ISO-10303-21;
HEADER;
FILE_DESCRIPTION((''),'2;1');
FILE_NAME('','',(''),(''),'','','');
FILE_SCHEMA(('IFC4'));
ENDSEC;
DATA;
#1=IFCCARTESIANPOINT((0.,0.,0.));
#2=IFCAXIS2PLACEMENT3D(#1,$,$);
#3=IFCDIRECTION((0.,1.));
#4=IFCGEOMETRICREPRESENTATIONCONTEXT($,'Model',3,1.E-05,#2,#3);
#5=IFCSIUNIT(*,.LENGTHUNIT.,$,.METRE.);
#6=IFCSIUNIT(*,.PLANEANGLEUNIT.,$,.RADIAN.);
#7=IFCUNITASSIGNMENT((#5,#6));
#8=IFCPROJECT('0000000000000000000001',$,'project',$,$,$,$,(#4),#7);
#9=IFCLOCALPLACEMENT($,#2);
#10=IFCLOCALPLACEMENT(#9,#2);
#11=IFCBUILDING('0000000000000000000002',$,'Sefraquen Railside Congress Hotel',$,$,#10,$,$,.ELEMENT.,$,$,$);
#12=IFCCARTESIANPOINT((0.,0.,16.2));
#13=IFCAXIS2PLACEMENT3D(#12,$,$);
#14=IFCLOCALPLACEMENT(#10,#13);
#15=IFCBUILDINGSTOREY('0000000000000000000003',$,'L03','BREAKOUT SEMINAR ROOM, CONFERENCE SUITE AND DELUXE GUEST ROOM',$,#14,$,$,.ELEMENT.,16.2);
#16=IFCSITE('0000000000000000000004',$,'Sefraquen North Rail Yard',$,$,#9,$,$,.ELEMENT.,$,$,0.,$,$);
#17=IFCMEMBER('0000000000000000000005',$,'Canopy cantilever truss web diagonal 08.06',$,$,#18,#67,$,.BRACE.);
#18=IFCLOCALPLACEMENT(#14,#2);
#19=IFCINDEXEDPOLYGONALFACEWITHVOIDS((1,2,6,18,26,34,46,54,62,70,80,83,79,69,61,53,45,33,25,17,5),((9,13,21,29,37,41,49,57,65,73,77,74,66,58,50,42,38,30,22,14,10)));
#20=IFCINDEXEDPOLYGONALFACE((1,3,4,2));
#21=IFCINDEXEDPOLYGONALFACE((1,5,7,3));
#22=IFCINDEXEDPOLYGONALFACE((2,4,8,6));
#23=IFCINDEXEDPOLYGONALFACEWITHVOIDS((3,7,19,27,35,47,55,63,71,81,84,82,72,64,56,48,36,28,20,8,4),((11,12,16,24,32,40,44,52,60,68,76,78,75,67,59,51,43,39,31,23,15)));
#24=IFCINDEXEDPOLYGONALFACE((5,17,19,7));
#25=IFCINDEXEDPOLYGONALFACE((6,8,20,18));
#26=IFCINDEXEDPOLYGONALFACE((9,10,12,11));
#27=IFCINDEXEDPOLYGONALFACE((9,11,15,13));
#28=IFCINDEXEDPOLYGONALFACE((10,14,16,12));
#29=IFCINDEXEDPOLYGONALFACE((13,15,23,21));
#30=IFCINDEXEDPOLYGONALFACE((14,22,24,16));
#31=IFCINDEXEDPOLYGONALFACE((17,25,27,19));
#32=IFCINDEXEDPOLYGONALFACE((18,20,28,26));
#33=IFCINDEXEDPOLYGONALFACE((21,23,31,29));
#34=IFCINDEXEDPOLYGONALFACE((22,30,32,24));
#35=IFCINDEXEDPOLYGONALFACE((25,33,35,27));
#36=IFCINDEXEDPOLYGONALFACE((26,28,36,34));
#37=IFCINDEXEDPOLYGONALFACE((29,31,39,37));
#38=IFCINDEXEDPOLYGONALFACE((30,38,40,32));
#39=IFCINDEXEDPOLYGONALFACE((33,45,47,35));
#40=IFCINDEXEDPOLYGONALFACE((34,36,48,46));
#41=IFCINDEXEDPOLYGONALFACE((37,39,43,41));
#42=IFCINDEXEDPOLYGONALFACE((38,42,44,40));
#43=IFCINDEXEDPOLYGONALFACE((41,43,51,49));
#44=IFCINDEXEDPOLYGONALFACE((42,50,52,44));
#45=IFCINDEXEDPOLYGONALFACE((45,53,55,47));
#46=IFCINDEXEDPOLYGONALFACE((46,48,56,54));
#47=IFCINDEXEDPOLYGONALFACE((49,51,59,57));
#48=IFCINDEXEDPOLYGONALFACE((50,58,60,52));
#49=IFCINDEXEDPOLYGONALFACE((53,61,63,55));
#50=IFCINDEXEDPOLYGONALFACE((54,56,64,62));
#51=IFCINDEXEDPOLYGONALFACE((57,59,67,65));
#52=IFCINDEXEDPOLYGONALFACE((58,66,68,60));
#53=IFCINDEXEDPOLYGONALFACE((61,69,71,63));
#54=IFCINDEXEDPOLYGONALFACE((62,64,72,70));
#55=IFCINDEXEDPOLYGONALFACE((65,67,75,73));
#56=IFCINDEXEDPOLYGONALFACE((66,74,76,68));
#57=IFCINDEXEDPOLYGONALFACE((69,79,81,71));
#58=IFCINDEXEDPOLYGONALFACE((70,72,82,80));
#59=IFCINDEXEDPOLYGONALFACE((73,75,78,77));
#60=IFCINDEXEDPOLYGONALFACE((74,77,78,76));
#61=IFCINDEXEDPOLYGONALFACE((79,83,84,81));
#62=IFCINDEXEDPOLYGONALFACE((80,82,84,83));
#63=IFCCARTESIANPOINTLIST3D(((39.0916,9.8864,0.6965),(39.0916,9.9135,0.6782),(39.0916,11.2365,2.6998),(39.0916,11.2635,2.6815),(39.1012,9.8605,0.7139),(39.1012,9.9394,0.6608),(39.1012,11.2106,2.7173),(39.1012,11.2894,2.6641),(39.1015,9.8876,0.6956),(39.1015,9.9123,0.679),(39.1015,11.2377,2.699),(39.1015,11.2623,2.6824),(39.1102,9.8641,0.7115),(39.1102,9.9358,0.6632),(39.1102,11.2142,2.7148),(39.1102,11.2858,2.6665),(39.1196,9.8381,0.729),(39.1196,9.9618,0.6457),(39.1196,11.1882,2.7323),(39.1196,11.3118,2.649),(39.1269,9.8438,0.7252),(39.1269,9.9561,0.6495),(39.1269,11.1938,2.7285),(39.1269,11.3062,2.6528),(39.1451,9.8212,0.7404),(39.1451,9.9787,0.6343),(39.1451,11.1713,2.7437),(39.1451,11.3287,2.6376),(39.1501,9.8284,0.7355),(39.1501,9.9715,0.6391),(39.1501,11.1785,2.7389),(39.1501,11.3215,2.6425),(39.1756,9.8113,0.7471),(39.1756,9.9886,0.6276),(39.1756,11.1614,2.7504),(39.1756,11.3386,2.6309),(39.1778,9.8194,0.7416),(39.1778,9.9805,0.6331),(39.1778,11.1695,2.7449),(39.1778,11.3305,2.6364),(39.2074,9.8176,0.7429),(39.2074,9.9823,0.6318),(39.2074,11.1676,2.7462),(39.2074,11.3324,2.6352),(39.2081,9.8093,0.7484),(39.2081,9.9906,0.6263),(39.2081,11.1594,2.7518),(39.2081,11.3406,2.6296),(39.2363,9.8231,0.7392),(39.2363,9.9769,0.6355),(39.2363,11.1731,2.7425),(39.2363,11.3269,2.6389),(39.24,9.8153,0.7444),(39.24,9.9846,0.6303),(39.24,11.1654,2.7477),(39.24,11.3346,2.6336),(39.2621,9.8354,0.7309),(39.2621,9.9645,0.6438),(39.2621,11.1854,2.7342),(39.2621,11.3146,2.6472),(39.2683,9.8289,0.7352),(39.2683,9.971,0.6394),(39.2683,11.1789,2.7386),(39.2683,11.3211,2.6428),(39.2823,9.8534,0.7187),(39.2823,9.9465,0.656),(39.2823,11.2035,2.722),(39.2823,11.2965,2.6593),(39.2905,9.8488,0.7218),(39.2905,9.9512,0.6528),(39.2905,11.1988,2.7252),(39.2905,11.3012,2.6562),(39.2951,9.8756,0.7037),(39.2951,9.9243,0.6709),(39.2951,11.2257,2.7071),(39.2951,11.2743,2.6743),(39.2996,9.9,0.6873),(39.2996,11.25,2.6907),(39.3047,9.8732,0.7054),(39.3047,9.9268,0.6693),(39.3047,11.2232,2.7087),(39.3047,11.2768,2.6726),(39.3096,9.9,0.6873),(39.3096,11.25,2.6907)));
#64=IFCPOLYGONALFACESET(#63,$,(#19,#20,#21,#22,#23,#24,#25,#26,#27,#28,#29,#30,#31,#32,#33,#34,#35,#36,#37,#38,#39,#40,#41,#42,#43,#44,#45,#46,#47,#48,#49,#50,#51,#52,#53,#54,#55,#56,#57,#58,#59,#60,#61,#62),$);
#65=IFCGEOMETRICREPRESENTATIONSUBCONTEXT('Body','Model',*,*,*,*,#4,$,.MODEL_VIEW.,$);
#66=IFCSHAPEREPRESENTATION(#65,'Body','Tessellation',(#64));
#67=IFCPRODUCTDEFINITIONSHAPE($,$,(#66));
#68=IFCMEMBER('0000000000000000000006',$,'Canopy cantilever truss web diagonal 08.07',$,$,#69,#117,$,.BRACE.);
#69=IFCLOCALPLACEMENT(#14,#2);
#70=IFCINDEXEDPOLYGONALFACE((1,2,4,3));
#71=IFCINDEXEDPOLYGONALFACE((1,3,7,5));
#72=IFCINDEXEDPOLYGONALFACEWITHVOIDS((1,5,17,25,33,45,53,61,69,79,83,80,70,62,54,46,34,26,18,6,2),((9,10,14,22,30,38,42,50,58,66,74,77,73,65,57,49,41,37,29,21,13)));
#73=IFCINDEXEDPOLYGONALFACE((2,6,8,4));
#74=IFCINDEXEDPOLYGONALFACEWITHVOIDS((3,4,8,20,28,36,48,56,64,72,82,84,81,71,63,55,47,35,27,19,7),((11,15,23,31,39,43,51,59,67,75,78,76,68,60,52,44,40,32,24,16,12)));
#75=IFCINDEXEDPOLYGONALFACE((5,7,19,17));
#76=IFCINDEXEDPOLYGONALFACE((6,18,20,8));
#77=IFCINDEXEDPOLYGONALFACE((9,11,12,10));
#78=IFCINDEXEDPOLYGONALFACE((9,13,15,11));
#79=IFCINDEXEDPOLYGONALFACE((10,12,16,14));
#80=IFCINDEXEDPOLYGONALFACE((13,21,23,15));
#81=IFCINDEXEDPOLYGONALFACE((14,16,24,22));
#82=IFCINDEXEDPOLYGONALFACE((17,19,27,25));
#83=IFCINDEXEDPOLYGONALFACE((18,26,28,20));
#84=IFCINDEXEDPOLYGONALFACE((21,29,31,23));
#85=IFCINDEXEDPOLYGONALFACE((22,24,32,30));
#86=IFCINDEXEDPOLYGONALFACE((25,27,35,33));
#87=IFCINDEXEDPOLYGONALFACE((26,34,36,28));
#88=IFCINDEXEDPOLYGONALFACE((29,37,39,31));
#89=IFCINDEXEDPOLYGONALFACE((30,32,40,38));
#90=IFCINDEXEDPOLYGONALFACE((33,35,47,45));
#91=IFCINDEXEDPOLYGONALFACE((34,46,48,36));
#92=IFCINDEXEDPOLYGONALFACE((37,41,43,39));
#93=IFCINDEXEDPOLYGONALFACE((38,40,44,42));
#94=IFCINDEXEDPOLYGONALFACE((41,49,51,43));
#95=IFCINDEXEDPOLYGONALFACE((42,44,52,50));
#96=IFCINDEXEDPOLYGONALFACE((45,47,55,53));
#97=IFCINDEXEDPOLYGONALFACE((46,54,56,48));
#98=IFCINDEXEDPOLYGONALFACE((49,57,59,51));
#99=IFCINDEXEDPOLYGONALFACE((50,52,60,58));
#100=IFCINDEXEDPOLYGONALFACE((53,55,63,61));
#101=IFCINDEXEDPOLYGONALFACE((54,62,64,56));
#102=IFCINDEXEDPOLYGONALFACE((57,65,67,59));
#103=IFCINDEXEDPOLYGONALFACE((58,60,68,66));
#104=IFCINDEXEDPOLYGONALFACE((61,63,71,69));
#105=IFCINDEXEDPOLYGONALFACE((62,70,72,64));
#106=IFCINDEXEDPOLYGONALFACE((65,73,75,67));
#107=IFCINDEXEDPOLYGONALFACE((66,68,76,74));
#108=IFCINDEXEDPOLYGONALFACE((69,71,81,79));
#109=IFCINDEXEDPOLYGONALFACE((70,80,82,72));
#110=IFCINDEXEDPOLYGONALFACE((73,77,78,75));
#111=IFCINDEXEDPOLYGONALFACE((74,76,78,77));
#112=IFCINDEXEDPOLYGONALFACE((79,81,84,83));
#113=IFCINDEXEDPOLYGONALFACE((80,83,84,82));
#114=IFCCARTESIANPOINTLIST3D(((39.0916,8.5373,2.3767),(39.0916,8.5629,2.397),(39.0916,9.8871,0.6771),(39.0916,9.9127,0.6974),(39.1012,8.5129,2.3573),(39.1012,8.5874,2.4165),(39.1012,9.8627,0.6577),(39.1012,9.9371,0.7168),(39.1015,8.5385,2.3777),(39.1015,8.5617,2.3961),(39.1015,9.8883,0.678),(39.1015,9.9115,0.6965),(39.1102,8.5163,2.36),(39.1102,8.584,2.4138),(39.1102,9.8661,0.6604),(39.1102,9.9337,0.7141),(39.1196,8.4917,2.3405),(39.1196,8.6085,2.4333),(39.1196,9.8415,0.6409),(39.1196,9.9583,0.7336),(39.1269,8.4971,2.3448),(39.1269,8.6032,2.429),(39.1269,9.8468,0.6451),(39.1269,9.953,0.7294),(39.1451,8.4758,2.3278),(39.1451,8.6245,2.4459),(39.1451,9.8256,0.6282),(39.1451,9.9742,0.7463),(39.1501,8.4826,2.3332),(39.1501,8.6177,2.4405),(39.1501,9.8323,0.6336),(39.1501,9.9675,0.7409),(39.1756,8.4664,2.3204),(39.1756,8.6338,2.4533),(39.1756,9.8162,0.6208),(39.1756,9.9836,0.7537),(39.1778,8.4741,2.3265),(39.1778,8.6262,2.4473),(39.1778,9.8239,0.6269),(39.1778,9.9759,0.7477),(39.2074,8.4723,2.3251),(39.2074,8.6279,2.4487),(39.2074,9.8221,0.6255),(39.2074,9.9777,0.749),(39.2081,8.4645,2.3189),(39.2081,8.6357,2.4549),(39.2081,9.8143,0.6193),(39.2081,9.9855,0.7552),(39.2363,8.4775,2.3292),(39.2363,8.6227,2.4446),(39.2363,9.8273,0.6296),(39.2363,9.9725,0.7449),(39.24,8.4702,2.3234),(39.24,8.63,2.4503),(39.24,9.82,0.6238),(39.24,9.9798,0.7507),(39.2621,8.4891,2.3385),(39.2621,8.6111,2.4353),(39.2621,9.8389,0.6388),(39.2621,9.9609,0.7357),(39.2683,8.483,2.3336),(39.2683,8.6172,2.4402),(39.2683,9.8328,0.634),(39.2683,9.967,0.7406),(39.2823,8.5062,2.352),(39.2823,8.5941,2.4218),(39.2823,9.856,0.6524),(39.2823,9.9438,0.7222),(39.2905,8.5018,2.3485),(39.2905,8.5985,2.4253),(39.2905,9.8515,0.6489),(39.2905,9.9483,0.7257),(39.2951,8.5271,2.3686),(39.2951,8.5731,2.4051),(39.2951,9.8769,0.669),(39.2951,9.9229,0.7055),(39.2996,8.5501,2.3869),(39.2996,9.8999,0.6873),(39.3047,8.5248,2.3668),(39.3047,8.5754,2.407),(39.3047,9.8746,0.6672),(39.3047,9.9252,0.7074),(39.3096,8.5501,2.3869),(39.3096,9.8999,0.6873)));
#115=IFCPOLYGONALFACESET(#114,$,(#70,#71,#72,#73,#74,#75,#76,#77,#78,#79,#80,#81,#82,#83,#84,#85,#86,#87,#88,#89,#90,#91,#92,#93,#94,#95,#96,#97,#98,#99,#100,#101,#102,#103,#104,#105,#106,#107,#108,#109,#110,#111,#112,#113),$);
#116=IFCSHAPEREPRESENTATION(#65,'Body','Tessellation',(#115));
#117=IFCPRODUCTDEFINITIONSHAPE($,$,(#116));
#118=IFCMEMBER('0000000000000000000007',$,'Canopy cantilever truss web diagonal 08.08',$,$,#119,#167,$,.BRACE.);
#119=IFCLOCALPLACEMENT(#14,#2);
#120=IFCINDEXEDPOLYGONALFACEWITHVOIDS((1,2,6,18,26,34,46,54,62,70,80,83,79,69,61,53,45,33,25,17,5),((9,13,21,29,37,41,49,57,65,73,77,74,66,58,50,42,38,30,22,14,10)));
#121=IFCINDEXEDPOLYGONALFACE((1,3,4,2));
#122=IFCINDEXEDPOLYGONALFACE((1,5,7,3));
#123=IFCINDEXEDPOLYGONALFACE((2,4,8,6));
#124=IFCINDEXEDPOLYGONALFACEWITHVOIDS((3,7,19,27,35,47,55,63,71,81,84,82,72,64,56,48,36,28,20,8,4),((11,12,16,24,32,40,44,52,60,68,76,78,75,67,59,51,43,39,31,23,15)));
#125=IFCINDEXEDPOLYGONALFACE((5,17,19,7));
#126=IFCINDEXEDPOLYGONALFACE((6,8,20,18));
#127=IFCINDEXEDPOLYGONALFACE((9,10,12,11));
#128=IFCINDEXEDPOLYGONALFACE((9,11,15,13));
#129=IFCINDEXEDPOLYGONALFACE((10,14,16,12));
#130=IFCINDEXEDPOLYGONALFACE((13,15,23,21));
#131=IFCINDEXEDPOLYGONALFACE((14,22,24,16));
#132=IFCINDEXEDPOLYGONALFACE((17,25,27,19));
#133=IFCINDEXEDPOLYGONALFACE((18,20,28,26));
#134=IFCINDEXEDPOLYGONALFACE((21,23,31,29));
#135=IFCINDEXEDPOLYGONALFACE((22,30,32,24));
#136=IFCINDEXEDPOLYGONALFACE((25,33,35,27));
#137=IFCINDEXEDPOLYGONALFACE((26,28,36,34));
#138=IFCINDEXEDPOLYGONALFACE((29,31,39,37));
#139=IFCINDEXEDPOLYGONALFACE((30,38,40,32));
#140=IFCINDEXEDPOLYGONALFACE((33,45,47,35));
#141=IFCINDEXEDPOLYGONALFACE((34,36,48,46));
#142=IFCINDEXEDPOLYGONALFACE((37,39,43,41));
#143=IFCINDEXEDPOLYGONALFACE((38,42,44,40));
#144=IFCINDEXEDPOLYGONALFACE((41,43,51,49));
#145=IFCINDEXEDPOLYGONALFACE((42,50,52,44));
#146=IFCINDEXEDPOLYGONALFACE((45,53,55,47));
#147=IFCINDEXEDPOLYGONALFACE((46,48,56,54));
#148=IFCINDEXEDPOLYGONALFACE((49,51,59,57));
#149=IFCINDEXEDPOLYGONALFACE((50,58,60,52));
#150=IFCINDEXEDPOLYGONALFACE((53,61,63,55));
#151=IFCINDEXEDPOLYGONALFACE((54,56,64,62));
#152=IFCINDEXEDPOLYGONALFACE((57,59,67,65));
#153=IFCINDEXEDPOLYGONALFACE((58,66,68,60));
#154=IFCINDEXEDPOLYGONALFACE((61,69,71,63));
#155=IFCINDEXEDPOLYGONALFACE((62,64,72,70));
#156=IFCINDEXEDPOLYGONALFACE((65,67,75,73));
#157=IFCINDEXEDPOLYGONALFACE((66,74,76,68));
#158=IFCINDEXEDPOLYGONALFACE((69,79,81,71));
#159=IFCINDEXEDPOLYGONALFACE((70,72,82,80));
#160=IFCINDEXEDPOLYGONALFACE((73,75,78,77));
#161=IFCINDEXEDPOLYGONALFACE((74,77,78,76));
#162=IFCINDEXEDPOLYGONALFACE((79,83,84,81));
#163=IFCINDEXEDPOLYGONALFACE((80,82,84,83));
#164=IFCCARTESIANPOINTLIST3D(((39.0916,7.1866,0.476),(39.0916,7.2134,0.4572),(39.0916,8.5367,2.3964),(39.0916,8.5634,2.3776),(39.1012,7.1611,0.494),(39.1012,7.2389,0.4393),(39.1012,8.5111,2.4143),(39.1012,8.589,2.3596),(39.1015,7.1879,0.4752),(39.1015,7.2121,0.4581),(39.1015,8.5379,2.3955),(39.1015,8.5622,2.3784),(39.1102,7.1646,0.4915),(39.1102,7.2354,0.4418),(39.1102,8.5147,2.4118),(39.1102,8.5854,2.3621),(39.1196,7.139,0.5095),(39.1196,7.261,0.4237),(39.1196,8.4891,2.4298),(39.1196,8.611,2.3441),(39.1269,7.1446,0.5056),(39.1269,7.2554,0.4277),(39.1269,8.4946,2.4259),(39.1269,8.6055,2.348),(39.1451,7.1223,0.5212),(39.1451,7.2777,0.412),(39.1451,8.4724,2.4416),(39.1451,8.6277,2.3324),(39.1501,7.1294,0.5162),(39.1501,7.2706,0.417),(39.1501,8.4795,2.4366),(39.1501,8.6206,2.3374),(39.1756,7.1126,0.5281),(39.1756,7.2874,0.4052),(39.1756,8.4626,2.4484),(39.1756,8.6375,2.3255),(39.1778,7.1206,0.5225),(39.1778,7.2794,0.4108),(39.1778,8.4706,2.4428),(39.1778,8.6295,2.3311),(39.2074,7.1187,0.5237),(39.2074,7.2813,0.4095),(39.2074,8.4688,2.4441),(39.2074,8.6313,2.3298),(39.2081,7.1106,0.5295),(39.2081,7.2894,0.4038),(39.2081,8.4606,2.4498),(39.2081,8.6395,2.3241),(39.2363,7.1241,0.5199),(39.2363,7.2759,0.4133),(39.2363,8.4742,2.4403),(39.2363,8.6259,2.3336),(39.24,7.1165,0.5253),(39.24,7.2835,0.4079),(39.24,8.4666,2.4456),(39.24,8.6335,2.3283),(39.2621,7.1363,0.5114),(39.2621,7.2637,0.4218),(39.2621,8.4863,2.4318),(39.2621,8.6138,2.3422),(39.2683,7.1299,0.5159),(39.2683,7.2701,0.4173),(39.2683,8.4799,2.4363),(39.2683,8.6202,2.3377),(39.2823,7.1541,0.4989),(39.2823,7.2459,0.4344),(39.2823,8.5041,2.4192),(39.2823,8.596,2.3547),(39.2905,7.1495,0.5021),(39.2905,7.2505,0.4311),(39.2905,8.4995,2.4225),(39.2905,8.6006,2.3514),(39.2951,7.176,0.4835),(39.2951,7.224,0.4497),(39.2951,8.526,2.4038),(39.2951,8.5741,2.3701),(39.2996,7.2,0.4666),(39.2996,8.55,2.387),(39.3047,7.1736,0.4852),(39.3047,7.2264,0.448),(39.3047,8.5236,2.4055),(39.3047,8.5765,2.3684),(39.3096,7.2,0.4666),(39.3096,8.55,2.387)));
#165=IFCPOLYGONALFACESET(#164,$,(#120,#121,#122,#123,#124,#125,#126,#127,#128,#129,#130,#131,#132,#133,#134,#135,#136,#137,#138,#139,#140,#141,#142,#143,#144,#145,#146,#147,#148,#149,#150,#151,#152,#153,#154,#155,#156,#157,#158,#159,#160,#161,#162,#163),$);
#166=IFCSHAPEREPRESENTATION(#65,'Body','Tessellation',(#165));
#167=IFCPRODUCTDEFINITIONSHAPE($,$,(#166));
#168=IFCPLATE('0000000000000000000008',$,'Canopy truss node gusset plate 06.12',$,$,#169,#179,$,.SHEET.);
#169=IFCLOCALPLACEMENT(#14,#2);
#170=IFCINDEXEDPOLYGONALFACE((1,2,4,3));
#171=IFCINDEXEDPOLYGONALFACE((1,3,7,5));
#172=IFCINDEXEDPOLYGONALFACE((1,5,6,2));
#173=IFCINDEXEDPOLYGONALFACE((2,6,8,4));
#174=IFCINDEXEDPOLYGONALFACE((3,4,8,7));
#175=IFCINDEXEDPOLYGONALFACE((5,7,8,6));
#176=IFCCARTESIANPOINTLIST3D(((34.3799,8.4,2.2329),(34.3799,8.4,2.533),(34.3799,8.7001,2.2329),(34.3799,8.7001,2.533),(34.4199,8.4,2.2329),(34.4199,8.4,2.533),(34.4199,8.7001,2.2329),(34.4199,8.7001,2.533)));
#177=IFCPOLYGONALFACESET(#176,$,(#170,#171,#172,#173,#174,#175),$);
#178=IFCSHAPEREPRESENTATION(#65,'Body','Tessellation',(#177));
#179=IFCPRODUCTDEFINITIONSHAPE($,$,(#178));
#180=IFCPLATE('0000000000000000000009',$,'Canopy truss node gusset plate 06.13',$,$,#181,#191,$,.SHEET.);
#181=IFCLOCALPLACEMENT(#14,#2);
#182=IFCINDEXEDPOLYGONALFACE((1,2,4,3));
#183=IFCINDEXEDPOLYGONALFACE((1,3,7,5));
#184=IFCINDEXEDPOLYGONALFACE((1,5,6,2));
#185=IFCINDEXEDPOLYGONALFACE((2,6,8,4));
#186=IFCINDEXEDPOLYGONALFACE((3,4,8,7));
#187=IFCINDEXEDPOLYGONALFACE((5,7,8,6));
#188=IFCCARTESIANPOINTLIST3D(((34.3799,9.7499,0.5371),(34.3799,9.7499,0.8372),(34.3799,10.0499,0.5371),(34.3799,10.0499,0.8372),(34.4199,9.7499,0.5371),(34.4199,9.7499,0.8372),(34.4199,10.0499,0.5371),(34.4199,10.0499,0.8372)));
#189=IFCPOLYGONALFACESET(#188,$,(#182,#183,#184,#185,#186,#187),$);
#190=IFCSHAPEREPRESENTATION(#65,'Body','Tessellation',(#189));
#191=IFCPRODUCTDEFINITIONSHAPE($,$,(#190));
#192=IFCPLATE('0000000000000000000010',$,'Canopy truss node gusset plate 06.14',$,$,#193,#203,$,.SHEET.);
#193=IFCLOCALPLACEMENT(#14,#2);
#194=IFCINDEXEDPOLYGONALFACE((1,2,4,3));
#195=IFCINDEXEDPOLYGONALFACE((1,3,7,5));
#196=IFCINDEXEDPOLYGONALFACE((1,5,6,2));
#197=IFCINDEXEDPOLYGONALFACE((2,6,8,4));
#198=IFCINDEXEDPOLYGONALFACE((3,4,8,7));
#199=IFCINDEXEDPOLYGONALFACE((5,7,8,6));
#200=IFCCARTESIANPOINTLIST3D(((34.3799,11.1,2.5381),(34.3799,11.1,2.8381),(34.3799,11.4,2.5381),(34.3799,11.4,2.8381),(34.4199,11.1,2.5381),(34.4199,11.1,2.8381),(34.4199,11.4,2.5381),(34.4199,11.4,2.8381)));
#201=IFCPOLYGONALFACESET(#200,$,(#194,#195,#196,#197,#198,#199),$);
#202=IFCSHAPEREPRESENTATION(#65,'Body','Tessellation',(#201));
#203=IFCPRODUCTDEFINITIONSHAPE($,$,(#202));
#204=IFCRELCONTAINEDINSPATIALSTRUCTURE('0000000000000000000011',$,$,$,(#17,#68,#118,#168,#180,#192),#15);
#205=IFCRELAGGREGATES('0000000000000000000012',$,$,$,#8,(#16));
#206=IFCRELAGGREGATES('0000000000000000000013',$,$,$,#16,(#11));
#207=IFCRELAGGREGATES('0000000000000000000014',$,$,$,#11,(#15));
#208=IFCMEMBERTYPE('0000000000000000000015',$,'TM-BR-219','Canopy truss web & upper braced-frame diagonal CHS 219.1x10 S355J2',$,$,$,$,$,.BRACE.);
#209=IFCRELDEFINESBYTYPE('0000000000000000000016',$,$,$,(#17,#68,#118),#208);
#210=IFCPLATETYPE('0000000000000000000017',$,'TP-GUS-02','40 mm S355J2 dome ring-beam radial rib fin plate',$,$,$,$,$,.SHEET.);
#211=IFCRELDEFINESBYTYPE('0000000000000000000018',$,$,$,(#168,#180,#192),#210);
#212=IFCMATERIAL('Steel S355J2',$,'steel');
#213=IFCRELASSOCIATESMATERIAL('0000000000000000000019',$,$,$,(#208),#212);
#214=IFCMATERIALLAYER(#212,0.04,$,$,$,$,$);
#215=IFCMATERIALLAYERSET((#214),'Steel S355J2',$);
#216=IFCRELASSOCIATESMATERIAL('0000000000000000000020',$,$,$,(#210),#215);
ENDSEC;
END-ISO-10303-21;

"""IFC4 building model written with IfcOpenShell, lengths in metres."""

from ifc_helpers import new_model, si_unit, direction, frame, origin, origin_2d, place, context, subcontext, project, spatial, rectangle, hollow_circle, extrude, material, layer, layer_set, material_profile, profile_set, type_object, element, save


model = new_model("IFC4")

# Units and contexts
model_context = context("Model", 3, precision=1e-05, world=origin(), true_north=direction((0.0, 1.0)))
body_context = subcontext(model_context, "Body", "Model", "MODEL_VIEW")
ifc_project = project(units=[si_unit("LENGTHUNIT", "METRE"), si_unit("PLANEANGLEUNIT", "RADIAN")], contexts=[model_context])

# Site, building, storey
site_placement = place(None, origin())
site = spatial("IfcSite", under=ifc_project, at=site_placement, Name="Sefraquen North Rail Yard", CompositionType="ELEMENT", RefElevation=0.0)
building_placement = place(site_placement, origin())
building = spatial("IfcBuilding", under=site, at=building_placement, Name="Sefraquen Railside Congress Hotel", CompositionType="ELEMENT")
storey_placement = place(building_placement, frame((0.0, 0.0, 16.2)))
storey = spatial("IfcBuildingStorey", under=building, at=storey_placement, Name="L03", Description="BREAKOUT SEMINAR ROOM, CONFERENCE SUITE AND DELUXE GUEST ROOM", CompositionType="ELEMENT", Elevation=16.2)

# Members
ifc_material = material(Name="Steel S355J2", Category="steel")
ifc_material_profile = material_profile(ifc_material, hollow_circle(Radius=0.1096, WallThickness=0.01, at=origin_2d()), Name="CHS 219.1x10")
ifc_profile_set = profile_set([ifc_material_profile], Name="Steel S355J2")
member_type = type_object("IfcMemberType", Name="TM-BR-219", Description="Canopy truss web & upper braced-frame diagonal CHS 219.1x10 S355J2", PredefinedType="BRACE", material=ifc_profile_set)
member_1_placement = place(storey_placement, frame((39.2, 11.25, 2.6907), z_axis=(0.0, -0.558844, -0.829273), x_axis=(1.0, 0.0, 0.0)))
element("IfcMember", 1, at=member_1_placement, inside=storey, type_object=member_type, Name="Canopy cantilever truss web diagonal 08.06", PredefinedType="BRACE", context=body_context, shape_type="SweptSolid", body=[
    extrude(hollow_circle(Radius=0.1096, WallThickness=0.01, at=origin_2d()), origin(), (0.0, 0.0, 1.0), 2.4158),
])
member_2_placement = place(storey_placement, frame((39.2, 9.8999, 0.6873), z_axis=(0.0, -0.621906, 0.783092), x_axis=(1.0, 0.0, 0.0)))
element("IfcMember", 2, at=member_2_placement, inside=storey, type_object=member_type, Name="Canopy cantilever truss web diagonal 08.07", PredefinedType="BRACE", context=body_context, shape_type="SweptSolid", body=[
    extrude(hollow_circle(Radius=0.1096, WallThickness=0.01, at=origin_2d()), origin(), (0.0, 0.0, 1.0), 2.1704),
])
member_3_placement = place(storey_placement, frame((39.2, 8.55, 2.387), z_axis=(0.0, -0.575122, -0.818067), x_axis=(1.0, 0.0, 0.0)))
element("IfcMember", 3, at=member_3_placement, inside=storey, type_object=member_type, Name="Canopy cantilever truss web diagonal 08.08", PredefinedType="BRACE", context=body_context, shape_type="SweptSolid", body=[
    extrude(hollow_circle(Radius=0.1096, WallThickness=0.01, at=origin_2d()), origin(), (0.0, 0.0, 1.0), 2.3474),
])

# Plates
ifc_layer = layer(ifc_material, 0.04)
ifc_layer_set = layer_set([ifc_layer], Name="Steel S355J2")
plate_type = type_object("IfcPlateType", Name="TP-GUS-02", Description="40 mm S355J2 dome ring-beam radial rib fin plate", PredefinedType="SHEET", material=ifc_layer_set)
for number, where, z_axis, x_axis, name in (
    (4, (34.3999, 8.55, 2.2329), (0.0, 0.0, 1.0), (1.0, 0.0, 0.0), "Canopy truss node gusset plate 06.12"),
    (5, (34.3999, 9.8999, 0.5371), (0.0, 0.0, 1.0), (1.0, 0.0, 0.0), "Canopy truss node gusset plate 06.13"),
    (6, (34.3999, 11.25, 2.5381), (0.0, 0.0, 1.0), (1.0, 0.0, 0.0), "Canopy truss node gusset plate 06.14"),
):
    element("IfcPlate", number, at=place(storey_placement, frame(where, z_axis=z_axis, x_axis=x_axis)), inside=storey, type_object=plate_type, Name=name, PredefinedType="SHEET", context=body_context, shape_type="SweptSolid", body=[
        extrude(rectangle(XDim=0.04, YDim=0.3, at=origin_2d()), origin(), (0.0, 0.0, 1.0), 0.3),
    ])

save(model, "model.ifc")
